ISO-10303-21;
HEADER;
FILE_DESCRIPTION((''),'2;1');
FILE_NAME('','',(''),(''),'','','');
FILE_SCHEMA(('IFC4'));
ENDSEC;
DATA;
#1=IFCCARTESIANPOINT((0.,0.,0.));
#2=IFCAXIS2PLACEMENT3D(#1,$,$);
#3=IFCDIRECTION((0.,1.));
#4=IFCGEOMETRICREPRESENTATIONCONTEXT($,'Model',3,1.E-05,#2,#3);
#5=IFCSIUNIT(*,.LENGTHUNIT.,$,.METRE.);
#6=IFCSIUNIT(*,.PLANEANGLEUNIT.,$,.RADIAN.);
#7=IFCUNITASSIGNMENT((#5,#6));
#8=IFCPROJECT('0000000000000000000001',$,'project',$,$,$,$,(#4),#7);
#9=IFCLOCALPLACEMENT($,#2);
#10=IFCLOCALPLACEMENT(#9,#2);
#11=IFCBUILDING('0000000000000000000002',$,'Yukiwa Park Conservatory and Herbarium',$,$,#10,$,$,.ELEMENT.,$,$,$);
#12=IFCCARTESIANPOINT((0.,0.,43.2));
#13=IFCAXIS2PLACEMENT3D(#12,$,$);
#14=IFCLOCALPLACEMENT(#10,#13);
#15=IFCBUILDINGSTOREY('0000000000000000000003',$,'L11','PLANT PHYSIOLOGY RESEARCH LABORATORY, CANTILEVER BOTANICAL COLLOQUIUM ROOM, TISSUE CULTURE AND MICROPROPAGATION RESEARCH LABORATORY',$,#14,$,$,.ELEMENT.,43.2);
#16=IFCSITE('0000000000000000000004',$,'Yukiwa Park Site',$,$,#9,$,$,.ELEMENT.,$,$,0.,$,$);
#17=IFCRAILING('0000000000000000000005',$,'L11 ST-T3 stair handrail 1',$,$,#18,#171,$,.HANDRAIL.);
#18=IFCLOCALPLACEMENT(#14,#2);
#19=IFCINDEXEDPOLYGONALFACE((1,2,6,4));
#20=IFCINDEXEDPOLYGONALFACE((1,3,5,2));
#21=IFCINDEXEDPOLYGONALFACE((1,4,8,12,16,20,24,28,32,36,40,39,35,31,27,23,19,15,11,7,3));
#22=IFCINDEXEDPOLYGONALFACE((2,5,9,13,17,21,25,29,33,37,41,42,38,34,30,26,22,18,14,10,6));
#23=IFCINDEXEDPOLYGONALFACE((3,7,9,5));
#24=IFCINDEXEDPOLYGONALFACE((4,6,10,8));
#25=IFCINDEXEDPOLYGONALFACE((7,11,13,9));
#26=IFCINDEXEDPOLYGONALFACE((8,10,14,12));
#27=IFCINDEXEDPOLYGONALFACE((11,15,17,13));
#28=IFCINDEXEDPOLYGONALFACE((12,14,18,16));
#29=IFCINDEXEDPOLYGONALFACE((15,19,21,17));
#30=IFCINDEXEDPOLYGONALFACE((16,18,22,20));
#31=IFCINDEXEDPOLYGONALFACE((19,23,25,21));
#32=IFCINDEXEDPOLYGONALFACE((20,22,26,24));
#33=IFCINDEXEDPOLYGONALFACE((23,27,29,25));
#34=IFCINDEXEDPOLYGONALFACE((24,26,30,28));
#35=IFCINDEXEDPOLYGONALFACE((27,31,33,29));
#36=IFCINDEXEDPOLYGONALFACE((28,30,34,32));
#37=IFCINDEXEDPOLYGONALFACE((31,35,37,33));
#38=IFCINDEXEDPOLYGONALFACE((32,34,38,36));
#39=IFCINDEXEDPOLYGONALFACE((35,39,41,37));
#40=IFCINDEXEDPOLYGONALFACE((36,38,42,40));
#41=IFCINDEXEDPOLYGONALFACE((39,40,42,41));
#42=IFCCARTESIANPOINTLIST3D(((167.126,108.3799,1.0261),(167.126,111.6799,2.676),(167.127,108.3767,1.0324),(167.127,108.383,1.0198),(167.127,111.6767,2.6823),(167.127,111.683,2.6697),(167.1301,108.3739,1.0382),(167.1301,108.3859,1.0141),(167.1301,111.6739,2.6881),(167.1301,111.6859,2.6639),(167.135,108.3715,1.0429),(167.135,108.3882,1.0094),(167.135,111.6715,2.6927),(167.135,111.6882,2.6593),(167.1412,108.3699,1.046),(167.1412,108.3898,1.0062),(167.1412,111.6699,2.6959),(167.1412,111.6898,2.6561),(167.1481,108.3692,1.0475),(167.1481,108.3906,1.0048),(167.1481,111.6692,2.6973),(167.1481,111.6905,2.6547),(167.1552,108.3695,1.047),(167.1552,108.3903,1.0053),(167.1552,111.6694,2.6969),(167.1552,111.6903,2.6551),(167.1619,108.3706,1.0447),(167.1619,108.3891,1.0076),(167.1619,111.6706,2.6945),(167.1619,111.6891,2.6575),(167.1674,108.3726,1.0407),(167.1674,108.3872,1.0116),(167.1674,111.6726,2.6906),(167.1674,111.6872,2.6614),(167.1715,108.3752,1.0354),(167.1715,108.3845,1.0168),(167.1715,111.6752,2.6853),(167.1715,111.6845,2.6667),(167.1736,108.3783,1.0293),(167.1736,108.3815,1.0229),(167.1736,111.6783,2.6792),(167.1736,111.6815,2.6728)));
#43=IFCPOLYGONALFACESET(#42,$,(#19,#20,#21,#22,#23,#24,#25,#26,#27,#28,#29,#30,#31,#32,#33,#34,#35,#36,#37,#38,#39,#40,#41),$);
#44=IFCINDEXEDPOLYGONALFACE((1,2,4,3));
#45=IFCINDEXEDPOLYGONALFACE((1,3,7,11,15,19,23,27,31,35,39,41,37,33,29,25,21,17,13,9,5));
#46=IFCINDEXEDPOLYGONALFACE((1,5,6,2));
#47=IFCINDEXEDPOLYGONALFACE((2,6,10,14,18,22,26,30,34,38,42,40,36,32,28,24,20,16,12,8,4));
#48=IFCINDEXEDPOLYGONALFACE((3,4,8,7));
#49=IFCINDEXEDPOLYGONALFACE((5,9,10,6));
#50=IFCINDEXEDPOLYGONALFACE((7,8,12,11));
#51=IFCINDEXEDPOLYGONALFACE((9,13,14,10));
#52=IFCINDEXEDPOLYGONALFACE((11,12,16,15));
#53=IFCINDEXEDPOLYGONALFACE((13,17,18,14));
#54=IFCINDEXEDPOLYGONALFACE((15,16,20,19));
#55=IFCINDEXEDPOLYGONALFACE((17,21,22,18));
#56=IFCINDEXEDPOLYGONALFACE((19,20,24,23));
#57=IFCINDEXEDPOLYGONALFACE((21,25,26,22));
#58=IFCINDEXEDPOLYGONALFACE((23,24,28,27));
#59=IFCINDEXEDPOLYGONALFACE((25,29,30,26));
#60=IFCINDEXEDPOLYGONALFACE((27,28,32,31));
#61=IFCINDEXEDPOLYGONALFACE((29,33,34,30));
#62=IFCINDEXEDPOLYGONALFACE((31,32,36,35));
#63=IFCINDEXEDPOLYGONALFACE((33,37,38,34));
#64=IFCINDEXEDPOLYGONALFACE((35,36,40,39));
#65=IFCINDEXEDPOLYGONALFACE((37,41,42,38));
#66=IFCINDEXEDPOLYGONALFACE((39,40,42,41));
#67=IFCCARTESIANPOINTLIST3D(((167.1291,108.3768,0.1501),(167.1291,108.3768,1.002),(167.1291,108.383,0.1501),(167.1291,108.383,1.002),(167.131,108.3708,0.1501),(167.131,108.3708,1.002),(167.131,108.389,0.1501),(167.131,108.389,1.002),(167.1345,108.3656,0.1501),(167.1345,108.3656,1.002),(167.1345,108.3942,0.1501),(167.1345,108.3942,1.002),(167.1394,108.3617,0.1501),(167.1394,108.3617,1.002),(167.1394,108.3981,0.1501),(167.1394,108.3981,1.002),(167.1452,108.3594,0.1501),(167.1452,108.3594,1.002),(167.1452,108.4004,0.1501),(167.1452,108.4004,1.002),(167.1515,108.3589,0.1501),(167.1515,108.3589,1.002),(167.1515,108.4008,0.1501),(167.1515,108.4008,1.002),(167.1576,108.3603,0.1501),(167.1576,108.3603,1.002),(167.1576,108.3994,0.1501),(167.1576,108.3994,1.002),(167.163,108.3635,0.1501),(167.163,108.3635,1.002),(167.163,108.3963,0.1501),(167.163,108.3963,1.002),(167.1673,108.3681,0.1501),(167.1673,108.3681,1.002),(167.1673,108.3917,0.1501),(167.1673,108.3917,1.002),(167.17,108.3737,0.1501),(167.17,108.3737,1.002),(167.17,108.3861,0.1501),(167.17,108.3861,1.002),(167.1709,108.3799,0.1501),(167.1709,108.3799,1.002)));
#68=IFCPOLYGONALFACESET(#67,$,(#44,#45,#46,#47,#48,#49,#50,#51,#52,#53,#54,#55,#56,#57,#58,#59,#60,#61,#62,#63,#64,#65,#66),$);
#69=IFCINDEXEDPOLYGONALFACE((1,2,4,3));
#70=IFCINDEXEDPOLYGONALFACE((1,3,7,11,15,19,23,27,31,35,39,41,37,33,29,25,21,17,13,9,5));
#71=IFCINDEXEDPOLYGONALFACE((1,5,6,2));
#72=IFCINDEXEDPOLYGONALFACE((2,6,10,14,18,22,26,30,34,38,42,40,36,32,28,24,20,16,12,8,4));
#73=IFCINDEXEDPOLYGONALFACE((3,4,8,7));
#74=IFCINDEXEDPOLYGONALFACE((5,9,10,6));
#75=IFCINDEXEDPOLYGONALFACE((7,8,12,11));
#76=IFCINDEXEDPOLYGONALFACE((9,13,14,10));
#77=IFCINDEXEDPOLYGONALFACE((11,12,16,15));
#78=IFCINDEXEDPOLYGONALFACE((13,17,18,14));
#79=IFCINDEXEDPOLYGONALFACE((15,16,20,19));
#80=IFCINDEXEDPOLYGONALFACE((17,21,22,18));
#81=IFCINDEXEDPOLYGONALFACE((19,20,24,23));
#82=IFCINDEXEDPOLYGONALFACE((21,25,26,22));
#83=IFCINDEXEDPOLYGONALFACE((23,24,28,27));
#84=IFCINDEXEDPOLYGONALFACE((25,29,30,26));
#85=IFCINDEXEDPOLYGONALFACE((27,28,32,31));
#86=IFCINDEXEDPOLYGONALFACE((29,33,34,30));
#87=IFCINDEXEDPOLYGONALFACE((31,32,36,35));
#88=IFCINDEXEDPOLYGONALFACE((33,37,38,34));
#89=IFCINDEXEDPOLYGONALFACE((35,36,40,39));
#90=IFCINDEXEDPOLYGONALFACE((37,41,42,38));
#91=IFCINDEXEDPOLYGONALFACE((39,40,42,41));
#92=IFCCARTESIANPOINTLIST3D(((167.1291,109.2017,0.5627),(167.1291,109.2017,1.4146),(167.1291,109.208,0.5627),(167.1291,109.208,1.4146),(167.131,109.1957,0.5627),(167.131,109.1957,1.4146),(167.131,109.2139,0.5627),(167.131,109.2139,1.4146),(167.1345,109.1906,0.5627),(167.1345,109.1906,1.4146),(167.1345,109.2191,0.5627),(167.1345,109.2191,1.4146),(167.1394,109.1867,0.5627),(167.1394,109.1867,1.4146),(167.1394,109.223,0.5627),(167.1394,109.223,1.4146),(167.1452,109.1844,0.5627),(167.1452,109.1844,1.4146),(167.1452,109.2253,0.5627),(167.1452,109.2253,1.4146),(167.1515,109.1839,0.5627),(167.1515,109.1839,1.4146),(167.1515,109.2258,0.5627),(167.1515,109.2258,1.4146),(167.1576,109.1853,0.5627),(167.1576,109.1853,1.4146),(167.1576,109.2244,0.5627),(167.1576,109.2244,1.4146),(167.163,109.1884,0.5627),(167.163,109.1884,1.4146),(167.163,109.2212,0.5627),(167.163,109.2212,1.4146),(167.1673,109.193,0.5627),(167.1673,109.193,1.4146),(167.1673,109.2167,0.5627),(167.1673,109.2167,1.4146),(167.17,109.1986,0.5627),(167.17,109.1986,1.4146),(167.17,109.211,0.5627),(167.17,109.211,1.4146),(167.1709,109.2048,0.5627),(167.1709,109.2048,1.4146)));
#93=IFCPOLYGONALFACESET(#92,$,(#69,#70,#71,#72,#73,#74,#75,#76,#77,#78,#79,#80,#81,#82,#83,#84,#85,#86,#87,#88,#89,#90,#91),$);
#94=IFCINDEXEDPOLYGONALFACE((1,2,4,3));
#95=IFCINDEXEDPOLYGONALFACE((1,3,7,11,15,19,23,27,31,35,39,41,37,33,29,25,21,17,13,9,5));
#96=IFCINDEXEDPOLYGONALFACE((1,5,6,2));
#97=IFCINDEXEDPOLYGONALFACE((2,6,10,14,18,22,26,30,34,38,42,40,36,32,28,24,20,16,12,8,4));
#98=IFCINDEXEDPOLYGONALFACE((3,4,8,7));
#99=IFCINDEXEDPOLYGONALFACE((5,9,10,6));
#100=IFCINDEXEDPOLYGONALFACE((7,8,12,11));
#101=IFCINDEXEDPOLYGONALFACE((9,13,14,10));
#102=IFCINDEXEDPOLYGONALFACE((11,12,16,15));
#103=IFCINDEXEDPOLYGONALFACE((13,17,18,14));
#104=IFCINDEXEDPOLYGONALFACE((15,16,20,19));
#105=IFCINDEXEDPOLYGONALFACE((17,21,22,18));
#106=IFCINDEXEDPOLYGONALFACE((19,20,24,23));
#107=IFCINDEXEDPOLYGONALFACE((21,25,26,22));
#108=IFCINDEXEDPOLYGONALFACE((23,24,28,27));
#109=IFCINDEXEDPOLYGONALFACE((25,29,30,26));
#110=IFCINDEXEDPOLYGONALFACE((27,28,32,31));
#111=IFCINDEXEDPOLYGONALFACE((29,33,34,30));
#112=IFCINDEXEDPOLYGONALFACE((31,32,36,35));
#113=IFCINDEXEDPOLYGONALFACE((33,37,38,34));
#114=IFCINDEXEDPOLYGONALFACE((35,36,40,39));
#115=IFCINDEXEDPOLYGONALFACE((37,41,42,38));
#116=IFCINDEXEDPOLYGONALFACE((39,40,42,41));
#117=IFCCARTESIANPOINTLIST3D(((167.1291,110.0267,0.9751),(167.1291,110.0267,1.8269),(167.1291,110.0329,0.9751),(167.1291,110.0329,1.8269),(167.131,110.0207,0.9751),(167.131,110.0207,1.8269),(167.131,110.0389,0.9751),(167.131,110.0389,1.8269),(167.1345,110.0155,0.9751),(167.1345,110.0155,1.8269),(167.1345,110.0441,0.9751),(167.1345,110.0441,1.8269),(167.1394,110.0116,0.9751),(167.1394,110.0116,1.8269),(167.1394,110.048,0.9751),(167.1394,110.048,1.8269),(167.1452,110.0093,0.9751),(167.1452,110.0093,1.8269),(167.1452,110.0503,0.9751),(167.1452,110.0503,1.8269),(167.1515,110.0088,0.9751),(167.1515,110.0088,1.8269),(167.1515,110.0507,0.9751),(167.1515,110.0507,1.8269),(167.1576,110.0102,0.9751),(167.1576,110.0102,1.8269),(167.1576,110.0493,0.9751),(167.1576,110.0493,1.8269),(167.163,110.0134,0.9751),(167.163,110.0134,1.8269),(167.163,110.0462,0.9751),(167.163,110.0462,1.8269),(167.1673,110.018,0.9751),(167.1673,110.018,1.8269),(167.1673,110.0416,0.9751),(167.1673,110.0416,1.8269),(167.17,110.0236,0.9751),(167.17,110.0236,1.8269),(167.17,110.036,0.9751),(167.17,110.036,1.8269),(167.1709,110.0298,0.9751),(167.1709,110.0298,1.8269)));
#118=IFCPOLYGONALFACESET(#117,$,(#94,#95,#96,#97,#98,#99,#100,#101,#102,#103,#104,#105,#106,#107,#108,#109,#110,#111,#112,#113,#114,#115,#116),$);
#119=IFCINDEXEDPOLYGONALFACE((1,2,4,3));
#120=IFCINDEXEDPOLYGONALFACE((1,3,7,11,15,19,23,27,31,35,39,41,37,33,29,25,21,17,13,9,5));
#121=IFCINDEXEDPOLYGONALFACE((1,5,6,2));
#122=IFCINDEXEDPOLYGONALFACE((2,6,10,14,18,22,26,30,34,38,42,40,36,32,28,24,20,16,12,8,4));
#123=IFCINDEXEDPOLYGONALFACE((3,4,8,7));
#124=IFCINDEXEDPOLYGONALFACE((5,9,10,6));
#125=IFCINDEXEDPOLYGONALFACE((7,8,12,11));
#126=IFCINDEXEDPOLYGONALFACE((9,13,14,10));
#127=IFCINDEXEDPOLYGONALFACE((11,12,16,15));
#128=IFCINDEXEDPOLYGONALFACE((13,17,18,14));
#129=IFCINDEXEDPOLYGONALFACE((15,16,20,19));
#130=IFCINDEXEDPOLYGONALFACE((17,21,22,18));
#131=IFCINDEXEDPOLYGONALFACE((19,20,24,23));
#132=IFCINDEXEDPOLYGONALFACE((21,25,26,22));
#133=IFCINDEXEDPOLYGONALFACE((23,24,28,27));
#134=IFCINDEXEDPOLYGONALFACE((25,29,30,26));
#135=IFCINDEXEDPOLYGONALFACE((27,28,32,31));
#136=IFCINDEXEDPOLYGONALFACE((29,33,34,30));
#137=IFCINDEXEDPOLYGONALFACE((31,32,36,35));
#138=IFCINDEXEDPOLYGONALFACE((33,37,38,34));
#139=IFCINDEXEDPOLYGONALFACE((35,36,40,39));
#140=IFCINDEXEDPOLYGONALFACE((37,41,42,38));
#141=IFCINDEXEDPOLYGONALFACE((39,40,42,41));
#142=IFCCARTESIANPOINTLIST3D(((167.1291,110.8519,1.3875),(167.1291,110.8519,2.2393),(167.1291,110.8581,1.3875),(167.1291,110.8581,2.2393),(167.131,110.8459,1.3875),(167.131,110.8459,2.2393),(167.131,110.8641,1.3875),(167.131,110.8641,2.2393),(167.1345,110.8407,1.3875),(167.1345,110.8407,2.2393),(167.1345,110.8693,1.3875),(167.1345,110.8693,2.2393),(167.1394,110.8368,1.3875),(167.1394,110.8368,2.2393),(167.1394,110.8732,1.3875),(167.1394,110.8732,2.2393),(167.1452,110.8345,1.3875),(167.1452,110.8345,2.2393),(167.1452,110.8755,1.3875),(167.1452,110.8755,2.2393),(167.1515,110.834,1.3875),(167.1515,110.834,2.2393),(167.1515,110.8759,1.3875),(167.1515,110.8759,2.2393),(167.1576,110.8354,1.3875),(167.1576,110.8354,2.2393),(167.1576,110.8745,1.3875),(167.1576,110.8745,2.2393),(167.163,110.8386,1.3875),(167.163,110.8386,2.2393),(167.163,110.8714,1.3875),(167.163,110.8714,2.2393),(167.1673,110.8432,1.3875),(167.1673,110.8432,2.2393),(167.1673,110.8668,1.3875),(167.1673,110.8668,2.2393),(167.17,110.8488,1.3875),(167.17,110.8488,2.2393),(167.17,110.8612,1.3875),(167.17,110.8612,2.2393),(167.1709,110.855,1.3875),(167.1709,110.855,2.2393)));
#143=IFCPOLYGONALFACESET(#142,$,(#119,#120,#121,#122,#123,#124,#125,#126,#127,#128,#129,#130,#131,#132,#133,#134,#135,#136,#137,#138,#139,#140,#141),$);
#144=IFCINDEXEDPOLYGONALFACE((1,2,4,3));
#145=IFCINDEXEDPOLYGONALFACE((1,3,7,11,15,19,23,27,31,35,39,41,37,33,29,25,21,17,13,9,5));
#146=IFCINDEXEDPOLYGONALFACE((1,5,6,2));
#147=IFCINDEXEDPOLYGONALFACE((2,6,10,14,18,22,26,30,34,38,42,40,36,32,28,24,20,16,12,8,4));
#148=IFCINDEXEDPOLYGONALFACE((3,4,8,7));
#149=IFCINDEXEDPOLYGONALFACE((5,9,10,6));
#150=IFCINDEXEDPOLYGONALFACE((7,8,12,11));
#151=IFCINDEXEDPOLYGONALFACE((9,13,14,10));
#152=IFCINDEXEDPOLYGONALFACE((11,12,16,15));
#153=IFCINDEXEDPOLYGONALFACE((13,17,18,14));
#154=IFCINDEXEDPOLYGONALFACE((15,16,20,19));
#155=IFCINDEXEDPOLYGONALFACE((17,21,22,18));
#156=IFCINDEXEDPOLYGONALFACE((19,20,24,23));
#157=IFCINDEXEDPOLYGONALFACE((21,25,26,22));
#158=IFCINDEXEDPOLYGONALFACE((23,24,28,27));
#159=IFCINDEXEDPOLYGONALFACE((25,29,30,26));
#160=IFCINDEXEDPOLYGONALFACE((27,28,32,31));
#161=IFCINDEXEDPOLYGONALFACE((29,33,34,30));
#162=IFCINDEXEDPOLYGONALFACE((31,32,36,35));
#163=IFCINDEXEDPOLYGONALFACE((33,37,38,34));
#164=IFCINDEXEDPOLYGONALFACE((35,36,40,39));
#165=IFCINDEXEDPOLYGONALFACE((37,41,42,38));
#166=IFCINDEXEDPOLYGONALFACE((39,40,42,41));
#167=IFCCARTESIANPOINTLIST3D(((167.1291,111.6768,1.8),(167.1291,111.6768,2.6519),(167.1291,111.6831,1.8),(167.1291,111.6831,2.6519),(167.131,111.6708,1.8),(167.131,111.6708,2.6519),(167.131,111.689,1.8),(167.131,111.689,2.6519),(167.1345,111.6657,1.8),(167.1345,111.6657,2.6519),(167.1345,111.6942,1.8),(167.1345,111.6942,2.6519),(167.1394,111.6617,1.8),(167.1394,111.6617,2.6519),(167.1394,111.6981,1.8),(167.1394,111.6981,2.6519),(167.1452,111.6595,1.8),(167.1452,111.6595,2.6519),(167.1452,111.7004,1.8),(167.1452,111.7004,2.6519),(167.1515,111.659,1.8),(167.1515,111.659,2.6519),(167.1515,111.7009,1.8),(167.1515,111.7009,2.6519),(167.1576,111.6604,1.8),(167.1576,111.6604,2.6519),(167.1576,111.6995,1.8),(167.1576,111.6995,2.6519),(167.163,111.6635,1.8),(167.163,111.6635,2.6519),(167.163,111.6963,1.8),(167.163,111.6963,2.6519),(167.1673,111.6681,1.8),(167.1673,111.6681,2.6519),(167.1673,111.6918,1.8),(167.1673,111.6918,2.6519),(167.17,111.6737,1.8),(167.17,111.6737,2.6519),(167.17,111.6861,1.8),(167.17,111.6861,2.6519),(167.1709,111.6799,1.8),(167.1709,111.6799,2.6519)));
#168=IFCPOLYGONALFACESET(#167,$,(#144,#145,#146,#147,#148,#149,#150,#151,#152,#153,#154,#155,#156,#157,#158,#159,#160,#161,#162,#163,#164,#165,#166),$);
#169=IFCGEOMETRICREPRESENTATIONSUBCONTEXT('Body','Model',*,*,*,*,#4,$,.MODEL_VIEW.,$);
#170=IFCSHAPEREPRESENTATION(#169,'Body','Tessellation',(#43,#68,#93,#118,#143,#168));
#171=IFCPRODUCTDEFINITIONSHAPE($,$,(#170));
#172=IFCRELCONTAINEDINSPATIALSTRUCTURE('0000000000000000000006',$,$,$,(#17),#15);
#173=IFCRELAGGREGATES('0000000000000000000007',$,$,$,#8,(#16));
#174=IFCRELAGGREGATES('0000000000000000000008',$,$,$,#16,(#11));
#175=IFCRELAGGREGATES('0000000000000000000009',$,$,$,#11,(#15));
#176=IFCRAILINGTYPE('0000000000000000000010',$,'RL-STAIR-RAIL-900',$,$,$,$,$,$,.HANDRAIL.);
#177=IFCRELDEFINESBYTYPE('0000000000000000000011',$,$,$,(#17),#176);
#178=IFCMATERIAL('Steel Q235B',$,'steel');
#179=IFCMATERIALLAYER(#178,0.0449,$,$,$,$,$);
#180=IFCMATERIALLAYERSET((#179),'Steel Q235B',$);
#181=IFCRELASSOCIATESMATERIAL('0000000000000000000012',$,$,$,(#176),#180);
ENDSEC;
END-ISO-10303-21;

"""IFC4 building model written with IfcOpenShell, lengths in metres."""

from ifc_helpers import new_model, si_unit, direction, frame, origin, origin_2d, place, context, subcontext, project, spatial, circle, extrude, material, layer, layer_set, type_object, element, save


model = new_model("IFC4")

# Units and contexts
model_context = context("Model", 3, precision=1e-05, world=origin(), true_north=direction((0.0, 1.0)))
body_context = subcontext(model_context, "Body", "Model", "MODEL_VIEW")
ifc_project = project(units=[si_unit("LENGTHUNIT", "METRE"), si_unit("PLANEANGLEUNIT", "RADIAN")], contexts=[model_context])

# Site, building, storey
site_placement = place(None, origin())
site = spatial("IfcSite", under=ifc_project, at=site_placement, Name="Yukiwa Park Site", CompositionType="ELEMENT", RefElevation=0.0)
building_placement = place(site_placement, origin())
building = spatial("IfcBuilding", under=site, at=building_placement, Name="Yukiwa Park Conservatory and Herbarium", CompositionType="ELEMENT")
storey_placement = place(building_placement, frame((0.0, 0.0, 43.2)))
storey = spatial("IfcBuildingStorey", under=building, at=storey_placement, Name="L11", Description="PLANT PHYSIOLOGY RESEARCH LABORATORY, CANTILEVER BOTANICAL COLLOQUIUM ROOM, TISSUE CULTURE AND MICROPROPAGATION RESEARCH LABORATORY", CompositionType="ELEMENT", Elevation=43.2)

# Railing
ifc_material_1 = material(Name="Steel Q235B", Category="steel")
ifc_layer_1 = layer(ifc_material_1, 0.0449)
ifc_layer_set_1 = layer_set([ifc_layer_1], Name="Steel Q235B")
railing_type_1 = type_object("IfcRailingType", Name="RL-STAIR-RAIL-900", PredefinedType="HANDRAIL", material=ifc_layer_set_1)
railing_1_placement = place(storey_placement, frame((167.1499, 108.3799, 0.1501)))
element("IfcRailing", 1, at=railing_1_placement, inside=storey, type_object=railing_type_1, Name="L11 ST-T3 stair handrail 1", PredefinedType="HANDRAIL", context=body_context, shape_type="SweptSolid", body=[
    extrude(circle(Radius=0.0239, at=origin_2d()), frame((0.0, 0.0, 0.876), z_axis=(0.0, 0.89444, 0.447187), x_axis=(-1.0, 0.0, 0.0)), (0.0, 0.0, 1.0), 3.6895),
    extrude(circle(Radius=0.021, at=origin_2d()), origin(), (0.0, 0.0, 1.0), 0.8518),
    extrude(circle(Radius=0.021, at=origin_2d()), frame((0.0, 0.825, 0.4126)), (0.0, 0.0, 1.0), 0.8518),
    extrude(circle(Radius=0.021, at=origin_2d()), frame((0.0, 1.6499, 0.825)), (0.0, 0.0, 1.0), 0.8518),
    extrude(circle(Radius=0.021, at=origin_2d()), frame((0.0, 2.4751, 1.2373)), (0.0, 0.0, 1.0), 0.8518),
    extrude(circle(Radius=0.021, at=origin_2d()), frame((0.0, 3.3, 1.6499)), (0.0, 0.0, 1.0), 0.8518),
])

save(model, "model.ifc")
